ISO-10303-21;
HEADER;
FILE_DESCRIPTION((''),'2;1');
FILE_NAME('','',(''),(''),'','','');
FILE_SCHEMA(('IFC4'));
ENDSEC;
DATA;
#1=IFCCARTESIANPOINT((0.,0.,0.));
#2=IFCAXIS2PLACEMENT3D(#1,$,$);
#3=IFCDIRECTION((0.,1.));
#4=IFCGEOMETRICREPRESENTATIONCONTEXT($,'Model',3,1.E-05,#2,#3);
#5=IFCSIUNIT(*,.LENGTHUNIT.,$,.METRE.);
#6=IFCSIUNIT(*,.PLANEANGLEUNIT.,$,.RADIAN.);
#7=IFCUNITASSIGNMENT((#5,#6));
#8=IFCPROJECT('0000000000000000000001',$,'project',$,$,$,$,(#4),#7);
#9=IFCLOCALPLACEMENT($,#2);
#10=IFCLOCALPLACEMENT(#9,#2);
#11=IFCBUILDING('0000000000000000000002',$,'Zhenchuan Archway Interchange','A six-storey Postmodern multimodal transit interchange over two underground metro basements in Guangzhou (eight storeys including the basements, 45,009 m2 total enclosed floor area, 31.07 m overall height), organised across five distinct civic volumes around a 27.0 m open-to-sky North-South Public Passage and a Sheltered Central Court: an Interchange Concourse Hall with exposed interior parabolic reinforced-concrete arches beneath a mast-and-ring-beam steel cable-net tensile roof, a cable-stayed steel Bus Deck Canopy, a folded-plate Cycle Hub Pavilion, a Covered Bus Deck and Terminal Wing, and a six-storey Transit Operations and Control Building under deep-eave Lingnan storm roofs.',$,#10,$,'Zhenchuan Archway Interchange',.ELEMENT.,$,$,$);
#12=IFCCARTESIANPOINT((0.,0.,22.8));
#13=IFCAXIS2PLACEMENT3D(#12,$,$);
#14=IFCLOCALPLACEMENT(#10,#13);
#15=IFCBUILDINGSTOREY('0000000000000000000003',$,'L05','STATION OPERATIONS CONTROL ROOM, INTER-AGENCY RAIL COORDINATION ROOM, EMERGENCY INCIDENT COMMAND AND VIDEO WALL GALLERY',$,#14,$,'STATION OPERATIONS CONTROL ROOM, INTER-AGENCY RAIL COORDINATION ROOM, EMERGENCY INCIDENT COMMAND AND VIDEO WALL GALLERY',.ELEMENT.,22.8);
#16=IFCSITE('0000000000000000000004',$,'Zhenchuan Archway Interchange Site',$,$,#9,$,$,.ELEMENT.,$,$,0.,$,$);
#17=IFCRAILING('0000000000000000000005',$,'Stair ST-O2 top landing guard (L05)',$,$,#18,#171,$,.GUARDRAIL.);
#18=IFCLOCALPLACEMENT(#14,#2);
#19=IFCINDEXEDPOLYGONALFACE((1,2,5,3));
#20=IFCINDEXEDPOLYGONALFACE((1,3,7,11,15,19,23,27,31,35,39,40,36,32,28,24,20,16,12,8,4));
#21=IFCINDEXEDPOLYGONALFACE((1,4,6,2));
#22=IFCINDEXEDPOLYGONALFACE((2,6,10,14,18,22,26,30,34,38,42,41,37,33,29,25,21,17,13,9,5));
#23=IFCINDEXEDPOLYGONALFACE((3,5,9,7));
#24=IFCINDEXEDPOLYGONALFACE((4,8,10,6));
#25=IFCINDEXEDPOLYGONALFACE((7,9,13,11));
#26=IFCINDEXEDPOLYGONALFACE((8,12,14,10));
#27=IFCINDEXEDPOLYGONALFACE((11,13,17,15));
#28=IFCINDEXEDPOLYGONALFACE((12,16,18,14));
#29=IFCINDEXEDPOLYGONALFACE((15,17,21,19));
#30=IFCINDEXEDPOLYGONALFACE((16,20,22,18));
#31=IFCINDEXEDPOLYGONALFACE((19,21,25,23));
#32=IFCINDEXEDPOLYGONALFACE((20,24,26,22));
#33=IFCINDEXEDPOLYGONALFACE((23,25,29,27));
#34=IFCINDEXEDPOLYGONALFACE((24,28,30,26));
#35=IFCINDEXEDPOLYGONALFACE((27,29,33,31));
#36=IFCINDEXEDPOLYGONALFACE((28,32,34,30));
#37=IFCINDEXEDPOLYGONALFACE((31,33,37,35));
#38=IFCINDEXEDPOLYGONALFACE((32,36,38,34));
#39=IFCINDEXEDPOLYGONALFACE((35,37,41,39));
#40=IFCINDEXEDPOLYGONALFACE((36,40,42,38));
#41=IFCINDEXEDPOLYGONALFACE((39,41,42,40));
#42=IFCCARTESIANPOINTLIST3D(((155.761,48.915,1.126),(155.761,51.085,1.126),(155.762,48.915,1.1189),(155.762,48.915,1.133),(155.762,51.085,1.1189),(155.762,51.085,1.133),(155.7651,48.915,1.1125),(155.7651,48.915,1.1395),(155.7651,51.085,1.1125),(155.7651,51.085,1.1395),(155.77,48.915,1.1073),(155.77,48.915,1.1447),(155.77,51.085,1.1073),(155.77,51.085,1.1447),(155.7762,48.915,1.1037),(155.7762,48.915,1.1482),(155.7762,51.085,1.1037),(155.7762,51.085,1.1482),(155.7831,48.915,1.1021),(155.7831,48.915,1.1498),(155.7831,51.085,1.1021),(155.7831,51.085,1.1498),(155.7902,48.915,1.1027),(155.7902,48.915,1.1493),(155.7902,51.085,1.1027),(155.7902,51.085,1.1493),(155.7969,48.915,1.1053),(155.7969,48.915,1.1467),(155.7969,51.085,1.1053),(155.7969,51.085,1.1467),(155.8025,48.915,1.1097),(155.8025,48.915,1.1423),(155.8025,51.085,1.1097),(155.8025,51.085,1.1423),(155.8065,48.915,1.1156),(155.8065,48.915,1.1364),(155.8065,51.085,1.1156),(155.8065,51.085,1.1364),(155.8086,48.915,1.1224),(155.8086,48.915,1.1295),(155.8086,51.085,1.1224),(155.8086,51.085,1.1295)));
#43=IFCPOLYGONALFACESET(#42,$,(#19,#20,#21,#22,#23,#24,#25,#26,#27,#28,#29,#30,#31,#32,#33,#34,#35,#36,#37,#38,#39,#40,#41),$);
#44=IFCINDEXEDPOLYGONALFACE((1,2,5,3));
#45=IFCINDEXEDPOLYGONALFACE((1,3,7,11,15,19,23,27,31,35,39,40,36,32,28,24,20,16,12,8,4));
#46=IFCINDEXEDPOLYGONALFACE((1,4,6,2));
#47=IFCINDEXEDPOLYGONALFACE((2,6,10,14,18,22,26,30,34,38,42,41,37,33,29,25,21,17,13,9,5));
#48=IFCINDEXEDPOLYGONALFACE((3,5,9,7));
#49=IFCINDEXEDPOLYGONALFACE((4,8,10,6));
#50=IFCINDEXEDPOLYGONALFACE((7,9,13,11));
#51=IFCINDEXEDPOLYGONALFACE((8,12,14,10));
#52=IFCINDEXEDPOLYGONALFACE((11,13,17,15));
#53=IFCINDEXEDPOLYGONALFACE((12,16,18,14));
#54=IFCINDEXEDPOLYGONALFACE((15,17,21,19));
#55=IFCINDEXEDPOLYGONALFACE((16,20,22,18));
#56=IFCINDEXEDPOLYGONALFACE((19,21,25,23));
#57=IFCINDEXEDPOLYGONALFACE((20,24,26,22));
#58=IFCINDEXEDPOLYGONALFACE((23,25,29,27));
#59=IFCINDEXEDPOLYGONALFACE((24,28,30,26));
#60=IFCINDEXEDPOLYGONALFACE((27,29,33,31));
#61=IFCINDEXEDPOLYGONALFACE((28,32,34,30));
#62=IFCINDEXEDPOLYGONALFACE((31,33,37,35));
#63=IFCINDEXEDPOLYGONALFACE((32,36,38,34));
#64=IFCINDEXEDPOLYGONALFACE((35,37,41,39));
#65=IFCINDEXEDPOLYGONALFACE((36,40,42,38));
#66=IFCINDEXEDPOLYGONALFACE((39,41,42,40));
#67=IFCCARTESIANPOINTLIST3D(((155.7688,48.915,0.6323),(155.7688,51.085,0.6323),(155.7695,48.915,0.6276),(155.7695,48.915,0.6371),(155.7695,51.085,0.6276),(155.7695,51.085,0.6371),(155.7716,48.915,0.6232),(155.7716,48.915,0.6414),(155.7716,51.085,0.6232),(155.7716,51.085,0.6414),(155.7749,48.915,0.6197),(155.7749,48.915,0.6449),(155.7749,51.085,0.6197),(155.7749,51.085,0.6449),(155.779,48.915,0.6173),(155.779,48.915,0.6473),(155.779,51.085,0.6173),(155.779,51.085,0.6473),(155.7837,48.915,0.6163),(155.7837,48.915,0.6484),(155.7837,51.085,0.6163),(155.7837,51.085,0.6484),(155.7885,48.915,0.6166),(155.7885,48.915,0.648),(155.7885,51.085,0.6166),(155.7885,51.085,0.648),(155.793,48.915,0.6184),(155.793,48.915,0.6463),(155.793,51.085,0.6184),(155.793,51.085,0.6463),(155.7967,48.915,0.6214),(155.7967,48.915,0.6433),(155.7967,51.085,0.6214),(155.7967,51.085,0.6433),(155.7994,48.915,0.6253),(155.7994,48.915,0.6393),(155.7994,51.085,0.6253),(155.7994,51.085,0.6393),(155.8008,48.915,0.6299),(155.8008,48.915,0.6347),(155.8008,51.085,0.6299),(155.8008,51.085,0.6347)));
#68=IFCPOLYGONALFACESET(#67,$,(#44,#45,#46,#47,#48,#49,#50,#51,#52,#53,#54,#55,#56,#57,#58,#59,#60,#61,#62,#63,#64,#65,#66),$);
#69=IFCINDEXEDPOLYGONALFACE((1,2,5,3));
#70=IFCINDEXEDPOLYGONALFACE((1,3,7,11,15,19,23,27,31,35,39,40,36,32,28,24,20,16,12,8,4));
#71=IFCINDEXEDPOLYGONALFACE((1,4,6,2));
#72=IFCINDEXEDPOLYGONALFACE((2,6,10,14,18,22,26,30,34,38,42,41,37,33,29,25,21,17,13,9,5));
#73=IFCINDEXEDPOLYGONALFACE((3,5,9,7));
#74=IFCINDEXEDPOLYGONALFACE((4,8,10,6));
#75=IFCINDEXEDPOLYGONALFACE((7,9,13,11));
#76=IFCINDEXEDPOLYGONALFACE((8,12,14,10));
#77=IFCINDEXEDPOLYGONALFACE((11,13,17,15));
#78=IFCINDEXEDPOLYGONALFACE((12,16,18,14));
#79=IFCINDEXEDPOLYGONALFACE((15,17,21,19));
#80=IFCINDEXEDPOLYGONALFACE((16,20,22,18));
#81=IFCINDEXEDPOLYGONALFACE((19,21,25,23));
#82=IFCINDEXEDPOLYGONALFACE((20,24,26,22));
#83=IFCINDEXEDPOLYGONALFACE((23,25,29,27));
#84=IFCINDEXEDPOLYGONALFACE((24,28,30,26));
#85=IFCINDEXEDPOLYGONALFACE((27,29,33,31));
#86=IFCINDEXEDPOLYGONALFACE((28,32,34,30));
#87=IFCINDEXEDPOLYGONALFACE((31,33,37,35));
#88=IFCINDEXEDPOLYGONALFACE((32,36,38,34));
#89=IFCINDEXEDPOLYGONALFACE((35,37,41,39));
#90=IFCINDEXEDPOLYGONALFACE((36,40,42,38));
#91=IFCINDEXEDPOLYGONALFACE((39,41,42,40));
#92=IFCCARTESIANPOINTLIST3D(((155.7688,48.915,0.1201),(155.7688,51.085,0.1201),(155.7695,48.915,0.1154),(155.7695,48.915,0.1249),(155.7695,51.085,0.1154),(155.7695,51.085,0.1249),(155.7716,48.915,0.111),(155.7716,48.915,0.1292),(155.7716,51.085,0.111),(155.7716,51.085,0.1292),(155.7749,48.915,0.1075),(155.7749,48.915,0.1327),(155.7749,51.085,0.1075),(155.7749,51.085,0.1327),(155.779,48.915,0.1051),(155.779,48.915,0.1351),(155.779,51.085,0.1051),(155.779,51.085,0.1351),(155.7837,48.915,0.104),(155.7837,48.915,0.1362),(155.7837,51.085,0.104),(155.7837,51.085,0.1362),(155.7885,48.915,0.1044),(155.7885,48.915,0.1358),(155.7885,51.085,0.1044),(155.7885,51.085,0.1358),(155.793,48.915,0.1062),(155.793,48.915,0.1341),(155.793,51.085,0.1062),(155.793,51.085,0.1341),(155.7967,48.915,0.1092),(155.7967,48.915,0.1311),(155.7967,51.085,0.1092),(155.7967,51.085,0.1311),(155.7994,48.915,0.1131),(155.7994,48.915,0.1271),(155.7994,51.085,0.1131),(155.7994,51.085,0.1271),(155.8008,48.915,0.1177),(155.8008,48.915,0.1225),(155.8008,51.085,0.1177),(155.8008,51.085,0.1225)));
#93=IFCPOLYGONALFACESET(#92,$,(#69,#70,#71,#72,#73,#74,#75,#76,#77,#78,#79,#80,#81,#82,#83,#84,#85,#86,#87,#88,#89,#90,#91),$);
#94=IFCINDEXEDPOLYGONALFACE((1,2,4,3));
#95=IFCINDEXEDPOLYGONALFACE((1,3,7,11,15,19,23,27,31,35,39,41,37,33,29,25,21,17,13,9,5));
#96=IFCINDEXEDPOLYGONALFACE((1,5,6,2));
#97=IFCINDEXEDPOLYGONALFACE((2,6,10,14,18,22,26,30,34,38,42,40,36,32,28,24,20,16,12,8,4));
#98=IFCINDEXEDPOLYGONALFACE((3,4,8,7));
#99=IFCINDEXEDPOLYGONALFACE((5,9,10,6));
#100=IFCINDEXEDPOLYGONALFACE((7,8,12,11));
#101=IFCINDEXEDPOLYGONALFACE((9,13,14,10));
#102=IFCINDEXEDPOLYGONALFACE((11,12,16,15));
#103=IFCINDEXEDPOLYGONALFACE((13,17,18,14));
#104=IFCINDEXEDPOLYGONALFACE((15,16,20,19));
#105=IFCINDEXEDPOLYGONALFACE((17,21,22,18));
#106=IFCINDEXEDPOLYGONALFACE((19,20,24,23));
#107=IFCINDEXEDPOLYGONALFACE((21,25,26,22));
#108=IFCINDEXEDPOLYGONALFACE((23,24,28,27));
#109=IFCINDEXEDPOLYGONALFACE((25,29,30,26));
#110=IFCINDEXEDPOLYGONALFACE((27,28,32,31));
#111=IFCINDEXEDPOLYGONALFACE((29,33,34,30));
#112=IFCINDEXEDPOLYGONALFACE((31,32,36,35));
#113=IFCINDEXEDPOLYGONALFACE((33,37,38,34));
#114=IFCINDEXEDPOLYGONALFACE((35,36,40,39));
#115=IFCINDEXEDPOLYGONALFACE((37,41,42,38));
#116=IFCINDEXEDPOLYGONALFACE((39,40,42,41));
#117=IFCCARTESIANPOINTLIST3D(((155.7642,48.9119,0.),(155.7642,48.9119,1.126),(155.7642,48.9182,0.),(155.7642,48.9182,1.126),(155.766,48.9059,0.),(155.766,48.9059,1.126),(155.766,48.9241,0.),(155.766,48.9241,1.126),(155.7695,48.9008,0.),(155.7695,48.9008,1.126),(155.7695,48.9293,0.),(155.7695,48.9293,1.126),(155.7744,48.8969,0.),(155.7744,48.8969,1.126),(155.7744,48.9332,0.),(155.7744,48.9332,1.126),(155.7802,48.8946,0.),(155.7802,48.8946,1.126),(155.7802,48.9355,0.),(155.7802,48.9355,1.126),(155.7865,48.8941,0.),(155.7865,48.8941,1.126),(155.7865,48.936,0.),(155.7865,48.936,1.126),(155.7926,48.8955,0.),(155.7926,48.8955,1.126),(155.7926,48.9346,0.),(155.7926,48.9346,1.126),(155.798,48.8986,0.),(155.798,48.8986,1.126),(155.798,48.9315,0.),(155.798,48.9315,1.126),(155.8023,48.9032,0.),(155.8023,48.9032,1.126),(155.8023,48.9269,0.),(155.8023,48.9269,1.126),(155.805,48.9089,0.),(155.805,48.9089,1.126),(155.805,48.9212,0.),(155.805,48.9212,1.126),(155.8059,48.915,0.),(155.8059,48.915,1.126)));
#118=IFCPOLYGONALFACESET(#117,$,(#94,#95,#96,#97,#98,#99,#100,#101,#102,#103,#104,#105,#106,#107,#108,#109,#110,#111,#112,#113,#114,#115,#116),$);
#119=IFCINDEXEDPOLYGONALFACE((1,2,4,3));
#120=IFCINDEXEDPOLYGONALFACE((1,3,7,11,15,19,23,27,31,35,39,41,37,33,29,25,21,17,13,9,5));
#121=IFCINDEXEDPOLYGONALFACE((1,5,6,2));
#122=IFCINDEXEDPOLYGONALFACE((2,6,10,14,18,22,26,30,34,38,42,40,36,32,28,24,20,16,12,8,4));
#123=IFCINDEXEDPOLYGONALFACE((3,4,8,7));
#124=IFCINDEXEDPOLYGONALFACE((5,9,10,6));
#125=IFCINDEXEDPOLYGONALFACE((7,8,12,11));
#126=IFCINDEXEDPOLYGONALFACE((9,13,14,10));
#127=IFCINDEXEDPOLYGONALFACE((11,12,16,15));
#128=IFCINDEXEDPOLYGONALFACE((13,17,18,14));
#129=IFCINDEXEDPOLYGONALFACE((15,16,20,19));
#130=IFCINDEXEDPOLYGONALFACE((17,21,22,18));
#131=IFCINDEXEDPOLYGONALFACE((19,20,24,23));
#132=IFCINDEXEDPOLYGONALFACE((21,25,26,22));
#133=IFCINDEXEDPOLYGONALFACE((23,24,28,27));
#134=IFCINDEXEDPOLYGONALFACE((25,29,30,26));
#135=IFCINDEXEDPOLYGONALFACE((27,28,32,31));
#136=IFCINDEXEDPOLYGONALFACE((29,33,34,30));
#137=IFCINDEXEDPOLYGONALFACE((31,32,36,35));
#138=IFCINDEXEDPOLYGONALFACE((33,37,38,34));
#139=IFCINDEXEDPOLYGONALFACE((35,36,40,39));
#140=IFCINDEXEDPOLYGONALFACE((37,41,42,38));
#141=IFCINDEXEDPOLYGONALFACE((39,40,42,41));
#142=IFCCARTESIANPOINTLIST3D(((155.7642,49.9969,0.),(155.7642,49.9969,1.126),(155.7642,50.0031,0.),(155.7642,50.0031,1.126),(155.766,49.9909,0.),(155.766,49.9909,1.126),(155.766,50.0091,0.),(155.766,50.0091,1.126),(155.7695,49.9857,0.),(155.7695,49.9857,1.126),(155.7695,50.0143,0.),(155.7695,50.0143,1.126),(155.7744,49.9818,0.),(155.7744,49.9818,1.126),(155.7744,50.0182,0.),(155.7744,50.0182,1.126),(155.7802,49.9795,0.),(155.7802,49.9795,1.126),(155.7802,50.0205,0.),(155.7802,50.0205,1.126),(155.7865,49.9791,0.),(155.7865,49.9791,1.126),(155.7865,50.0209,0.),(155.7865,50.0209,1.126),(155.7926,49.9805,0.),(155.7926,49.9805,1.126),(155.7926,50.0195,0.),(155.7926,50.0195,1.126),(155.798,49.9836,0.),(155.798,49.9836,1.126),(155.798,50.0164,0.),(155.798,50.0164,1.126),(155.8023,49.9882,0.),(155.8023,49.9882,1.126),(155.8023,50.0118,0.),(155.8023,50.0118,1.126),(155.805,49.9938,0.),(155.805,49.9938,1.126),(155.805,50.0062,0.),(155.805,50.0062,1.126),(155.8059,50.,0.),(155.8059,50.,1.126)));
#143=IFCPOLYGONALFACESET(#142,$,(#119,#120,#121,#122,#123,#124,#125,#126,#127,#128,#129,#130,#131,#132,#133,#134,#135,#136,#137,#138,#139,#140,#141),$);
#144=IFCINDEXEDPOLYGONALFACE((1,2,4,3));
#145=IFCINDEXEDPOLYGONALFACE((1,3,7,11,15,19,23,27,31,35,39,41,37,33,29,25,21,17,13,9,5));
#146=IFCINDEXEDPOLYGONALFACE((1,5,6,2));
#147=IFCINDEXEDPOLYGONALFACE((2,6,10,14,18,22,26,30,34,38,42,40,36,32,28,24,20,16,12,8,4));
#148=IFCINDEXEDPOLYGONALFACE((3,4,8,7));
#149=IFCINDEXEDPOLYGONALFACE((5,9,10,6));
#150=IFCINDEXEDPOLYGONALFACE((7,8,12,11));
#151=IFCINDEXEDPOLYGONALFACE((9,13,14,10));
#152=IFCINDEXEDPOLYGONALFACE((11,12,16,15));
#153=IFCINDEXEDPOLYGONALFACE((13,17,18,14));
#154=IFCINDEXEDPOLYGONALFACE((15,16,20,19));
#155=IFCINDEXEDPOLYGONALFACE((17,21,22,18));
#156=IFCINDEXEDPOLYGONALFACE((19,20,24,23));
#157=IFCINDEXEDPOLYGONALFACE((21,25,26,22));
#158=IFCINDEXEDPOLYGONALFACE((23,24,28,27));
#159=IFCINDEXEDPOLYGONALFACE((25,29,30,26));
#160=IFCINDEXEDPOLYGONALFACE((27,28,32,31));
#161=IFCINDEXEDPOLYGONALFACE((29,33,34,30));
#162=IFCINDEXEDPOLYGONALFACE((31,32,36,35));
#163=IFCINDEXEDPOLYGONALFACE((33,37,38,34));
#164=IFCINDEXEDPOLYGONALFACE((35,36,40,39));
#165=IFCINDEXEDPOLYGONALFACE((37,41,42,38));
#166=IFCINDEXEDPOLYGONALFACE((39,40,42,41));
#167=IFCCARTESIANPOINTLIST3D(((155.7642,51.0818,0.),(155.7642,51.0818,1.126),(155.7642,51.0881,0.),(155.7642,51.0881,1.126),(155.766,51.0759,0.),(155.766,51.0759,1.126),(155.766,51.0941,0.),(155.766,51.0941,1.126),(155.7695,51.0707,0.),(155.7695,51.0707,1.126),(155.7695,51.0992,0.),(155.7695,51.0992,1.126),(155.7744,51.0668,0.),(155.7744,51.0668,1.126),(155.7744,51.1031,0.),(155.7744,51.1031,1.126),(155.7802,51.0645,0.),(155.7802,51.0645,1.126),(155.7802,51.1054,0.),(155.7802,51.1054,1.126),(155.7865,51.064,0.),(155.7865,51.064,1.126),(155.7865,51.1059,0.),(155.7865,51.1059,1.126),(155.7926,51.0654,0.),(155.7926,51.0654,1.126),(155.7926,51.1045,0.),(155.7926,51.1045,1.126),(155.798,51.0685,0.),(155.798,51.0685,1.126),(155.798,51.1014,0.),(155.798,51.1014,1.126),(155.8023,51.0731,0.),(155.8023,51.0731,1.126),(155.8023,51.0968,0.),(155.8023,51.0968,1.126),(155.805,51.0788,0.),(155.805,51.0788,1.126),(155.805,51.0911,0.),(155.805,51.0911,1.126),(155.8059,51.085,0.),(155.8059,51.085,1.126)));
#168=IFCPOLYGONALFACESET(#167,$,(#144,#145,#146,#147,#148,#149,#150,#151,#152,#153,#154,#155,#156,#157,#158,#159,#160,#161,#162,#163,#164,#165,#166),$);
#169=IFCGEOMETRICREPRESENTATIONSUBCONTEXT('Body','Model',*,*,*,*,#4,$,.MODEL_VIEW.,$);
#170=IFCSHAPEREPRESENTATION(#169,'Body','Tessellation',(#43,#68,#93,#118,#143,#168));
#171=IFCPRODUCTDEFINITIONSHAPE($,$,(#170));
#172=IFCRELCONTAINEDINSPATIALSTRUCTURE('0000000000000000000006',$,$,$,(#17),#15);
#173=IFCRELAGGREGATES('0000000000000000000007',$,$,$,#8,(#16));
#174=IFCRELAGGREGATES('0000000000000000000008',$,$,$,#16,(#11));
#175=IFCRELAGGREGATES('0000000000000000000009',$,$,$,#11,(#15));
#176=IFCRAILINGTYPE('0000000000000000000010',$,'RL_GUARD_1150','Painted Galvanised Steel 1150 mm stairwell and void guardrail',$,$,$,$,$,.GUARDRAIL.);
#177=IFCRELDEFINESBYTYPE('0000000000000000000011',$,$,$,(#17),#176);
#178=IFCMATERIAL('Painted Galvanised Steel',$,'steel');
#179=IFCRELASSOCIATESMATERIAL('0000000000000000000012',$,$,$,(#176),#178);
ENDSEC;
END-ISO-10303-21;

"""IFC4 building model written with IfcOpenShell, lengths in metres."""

from ifc_helpers import new_model, si_unit, direction, frame, origin, origin_2d, place, context, subcontext, project, spatial, circle, extrude, material, type_object, element, save


model = new_model("IFC4")

# Units and contexts
model_context = context("Model", 3, precision=1e-05, world=origin(), true_north=direction((0.0, 1.0)))
body_context = subcontext(model_context, "Body", "Model", "MODEL_VIEW")
ifc_project = project(units=[si_unit("LENGTHUNIT", "METRE"), si_unit("PLANEANGLEUNIT", "RADIAN")], contexts=[model_context])

# Site, building, storey
site_placement = place(None, origin())
site = spatial("IfcSite", under=ifc_project, at=site_placement, Name="Zhenchuan Archway Interchange Site", CompositionType="ELEMENT", RefElevation=0.0)
building_placement = place(site_placement, origin())
building = spatial("IfcBuilding", under=site, at=building_placement, Name="Zhenchuan Archway Interchange", Description="A six-storey Postmodern multimodal transit interchange over two underground metro basements in Guangzhou (eight storeys including the basements, 45,009 m2 total enclosed floor area, 31.07 m overall height), organised across five distinct civic volumes around a 27.0 m open-to-sky North-South Public Passage and a Sheltered Central Court: an Interchange Concourse Hall with exposed interior parabolic reinforced-concrete arches beneath a mast-and-ring-beam steel cable-net tensile roof, a cable-stayed steel Bus Deck Canopy, a folded-plate Cycle Hub Pavilion, a Covered Bus Deck and Terminal Wing, and a six-storey Transit Operations and Control Building under deep-eave Lingnan storm roofs.", LongName="Zhenchuan Archway Interchange", CompositionType="ELEMENT")
storey_placement = place(building_placement, frame((0.0, 0.0, 22.8)))
storey = spatial("IfcBuildingStorey", under=building, at=storey_placement, Name="L05", Description="STATION OPERATIONS CONTROL ROOM, INTER-AGENCY RAIL COORDINATION ROOM, EMERGENCY INCIDENT COMMAND AND VIDEO WALL GALLERY", LongName="STATION OPERATIONS CONTROL ROOM, INTER-AGENCY RAIL COORDINATION ROOM, EMERGENCY INCIDENT COMMAND AND VIDEO WALL GALLERY", CompositionType="ELEMENT", Elevation=22.8)

# Shared definitions
ifc_material_1 = material(Name="Painted Galvanised Steel", Category="steel")

# Railing
railing_type = type_object("IfcRailingType", Name="RL_GUARD_1150", Description="Painted Galvanised Steel 1150 mm stairwell and void guardrail", PredefinedType="GUARDRAIL", material=ifc_material_1)
railing_placement = place(storey_placement, frame((155.7849, 48.915, 0.0)))
element("IfcRailing", 1, at=railing_placement, inside=storey, type_object=railing_type, Name="Stair ST-O2 top landing guard (L05)", PredefinedType="GUARDRAIL", context=body_context, shape_type="SweptSolid", body=[
    extrude(circle(Radius=0.0239, at=origin_2d()), frame((0.0, 0.0, 1.126), z_axis=(0.0, 1.0, 0.0), x_axis=(-1.0, 0.0, 0.0)), (0.0, 0.0, 1.0), 2.1699),
    extrude(circle(Radius=0.0161, at=origin_2d()), frame((0.0, 0.0, 0.6323), z_axis=(0.0, 1.0, 0.0), x_axis=(-1.0, 0.0, 0.0)), (0.0, 0.0, 1.0), 2.1699),
    extrude(circle(Radius=0.0161, at=origin_2d()), frame((0.0, 0.0, 0.1201), z_axis=(0.0, 1.0, 0.0), x_axis=(-1.0, 0.0, 0.0)), (0.0, 0.0, 1.0), 2.1699),
    extrude(circle(Radius=0.021, at=origin_2d()), origin(), (0.0, 0.0, 1.0), 1.126),
    extrude(circle(Radius=0.021, at=origin_2d()), frame((0.0, 1.085, 0.0)), (0.0, 0.0, 1.0), 1.126),
    extrude(circle(Radius=0.021, at=origin_2d()), frame((0.0, 2.1699, 0.0)), (0.0, 0.0, 1.0), 1.126),
])

save(model, "model.ifc")
